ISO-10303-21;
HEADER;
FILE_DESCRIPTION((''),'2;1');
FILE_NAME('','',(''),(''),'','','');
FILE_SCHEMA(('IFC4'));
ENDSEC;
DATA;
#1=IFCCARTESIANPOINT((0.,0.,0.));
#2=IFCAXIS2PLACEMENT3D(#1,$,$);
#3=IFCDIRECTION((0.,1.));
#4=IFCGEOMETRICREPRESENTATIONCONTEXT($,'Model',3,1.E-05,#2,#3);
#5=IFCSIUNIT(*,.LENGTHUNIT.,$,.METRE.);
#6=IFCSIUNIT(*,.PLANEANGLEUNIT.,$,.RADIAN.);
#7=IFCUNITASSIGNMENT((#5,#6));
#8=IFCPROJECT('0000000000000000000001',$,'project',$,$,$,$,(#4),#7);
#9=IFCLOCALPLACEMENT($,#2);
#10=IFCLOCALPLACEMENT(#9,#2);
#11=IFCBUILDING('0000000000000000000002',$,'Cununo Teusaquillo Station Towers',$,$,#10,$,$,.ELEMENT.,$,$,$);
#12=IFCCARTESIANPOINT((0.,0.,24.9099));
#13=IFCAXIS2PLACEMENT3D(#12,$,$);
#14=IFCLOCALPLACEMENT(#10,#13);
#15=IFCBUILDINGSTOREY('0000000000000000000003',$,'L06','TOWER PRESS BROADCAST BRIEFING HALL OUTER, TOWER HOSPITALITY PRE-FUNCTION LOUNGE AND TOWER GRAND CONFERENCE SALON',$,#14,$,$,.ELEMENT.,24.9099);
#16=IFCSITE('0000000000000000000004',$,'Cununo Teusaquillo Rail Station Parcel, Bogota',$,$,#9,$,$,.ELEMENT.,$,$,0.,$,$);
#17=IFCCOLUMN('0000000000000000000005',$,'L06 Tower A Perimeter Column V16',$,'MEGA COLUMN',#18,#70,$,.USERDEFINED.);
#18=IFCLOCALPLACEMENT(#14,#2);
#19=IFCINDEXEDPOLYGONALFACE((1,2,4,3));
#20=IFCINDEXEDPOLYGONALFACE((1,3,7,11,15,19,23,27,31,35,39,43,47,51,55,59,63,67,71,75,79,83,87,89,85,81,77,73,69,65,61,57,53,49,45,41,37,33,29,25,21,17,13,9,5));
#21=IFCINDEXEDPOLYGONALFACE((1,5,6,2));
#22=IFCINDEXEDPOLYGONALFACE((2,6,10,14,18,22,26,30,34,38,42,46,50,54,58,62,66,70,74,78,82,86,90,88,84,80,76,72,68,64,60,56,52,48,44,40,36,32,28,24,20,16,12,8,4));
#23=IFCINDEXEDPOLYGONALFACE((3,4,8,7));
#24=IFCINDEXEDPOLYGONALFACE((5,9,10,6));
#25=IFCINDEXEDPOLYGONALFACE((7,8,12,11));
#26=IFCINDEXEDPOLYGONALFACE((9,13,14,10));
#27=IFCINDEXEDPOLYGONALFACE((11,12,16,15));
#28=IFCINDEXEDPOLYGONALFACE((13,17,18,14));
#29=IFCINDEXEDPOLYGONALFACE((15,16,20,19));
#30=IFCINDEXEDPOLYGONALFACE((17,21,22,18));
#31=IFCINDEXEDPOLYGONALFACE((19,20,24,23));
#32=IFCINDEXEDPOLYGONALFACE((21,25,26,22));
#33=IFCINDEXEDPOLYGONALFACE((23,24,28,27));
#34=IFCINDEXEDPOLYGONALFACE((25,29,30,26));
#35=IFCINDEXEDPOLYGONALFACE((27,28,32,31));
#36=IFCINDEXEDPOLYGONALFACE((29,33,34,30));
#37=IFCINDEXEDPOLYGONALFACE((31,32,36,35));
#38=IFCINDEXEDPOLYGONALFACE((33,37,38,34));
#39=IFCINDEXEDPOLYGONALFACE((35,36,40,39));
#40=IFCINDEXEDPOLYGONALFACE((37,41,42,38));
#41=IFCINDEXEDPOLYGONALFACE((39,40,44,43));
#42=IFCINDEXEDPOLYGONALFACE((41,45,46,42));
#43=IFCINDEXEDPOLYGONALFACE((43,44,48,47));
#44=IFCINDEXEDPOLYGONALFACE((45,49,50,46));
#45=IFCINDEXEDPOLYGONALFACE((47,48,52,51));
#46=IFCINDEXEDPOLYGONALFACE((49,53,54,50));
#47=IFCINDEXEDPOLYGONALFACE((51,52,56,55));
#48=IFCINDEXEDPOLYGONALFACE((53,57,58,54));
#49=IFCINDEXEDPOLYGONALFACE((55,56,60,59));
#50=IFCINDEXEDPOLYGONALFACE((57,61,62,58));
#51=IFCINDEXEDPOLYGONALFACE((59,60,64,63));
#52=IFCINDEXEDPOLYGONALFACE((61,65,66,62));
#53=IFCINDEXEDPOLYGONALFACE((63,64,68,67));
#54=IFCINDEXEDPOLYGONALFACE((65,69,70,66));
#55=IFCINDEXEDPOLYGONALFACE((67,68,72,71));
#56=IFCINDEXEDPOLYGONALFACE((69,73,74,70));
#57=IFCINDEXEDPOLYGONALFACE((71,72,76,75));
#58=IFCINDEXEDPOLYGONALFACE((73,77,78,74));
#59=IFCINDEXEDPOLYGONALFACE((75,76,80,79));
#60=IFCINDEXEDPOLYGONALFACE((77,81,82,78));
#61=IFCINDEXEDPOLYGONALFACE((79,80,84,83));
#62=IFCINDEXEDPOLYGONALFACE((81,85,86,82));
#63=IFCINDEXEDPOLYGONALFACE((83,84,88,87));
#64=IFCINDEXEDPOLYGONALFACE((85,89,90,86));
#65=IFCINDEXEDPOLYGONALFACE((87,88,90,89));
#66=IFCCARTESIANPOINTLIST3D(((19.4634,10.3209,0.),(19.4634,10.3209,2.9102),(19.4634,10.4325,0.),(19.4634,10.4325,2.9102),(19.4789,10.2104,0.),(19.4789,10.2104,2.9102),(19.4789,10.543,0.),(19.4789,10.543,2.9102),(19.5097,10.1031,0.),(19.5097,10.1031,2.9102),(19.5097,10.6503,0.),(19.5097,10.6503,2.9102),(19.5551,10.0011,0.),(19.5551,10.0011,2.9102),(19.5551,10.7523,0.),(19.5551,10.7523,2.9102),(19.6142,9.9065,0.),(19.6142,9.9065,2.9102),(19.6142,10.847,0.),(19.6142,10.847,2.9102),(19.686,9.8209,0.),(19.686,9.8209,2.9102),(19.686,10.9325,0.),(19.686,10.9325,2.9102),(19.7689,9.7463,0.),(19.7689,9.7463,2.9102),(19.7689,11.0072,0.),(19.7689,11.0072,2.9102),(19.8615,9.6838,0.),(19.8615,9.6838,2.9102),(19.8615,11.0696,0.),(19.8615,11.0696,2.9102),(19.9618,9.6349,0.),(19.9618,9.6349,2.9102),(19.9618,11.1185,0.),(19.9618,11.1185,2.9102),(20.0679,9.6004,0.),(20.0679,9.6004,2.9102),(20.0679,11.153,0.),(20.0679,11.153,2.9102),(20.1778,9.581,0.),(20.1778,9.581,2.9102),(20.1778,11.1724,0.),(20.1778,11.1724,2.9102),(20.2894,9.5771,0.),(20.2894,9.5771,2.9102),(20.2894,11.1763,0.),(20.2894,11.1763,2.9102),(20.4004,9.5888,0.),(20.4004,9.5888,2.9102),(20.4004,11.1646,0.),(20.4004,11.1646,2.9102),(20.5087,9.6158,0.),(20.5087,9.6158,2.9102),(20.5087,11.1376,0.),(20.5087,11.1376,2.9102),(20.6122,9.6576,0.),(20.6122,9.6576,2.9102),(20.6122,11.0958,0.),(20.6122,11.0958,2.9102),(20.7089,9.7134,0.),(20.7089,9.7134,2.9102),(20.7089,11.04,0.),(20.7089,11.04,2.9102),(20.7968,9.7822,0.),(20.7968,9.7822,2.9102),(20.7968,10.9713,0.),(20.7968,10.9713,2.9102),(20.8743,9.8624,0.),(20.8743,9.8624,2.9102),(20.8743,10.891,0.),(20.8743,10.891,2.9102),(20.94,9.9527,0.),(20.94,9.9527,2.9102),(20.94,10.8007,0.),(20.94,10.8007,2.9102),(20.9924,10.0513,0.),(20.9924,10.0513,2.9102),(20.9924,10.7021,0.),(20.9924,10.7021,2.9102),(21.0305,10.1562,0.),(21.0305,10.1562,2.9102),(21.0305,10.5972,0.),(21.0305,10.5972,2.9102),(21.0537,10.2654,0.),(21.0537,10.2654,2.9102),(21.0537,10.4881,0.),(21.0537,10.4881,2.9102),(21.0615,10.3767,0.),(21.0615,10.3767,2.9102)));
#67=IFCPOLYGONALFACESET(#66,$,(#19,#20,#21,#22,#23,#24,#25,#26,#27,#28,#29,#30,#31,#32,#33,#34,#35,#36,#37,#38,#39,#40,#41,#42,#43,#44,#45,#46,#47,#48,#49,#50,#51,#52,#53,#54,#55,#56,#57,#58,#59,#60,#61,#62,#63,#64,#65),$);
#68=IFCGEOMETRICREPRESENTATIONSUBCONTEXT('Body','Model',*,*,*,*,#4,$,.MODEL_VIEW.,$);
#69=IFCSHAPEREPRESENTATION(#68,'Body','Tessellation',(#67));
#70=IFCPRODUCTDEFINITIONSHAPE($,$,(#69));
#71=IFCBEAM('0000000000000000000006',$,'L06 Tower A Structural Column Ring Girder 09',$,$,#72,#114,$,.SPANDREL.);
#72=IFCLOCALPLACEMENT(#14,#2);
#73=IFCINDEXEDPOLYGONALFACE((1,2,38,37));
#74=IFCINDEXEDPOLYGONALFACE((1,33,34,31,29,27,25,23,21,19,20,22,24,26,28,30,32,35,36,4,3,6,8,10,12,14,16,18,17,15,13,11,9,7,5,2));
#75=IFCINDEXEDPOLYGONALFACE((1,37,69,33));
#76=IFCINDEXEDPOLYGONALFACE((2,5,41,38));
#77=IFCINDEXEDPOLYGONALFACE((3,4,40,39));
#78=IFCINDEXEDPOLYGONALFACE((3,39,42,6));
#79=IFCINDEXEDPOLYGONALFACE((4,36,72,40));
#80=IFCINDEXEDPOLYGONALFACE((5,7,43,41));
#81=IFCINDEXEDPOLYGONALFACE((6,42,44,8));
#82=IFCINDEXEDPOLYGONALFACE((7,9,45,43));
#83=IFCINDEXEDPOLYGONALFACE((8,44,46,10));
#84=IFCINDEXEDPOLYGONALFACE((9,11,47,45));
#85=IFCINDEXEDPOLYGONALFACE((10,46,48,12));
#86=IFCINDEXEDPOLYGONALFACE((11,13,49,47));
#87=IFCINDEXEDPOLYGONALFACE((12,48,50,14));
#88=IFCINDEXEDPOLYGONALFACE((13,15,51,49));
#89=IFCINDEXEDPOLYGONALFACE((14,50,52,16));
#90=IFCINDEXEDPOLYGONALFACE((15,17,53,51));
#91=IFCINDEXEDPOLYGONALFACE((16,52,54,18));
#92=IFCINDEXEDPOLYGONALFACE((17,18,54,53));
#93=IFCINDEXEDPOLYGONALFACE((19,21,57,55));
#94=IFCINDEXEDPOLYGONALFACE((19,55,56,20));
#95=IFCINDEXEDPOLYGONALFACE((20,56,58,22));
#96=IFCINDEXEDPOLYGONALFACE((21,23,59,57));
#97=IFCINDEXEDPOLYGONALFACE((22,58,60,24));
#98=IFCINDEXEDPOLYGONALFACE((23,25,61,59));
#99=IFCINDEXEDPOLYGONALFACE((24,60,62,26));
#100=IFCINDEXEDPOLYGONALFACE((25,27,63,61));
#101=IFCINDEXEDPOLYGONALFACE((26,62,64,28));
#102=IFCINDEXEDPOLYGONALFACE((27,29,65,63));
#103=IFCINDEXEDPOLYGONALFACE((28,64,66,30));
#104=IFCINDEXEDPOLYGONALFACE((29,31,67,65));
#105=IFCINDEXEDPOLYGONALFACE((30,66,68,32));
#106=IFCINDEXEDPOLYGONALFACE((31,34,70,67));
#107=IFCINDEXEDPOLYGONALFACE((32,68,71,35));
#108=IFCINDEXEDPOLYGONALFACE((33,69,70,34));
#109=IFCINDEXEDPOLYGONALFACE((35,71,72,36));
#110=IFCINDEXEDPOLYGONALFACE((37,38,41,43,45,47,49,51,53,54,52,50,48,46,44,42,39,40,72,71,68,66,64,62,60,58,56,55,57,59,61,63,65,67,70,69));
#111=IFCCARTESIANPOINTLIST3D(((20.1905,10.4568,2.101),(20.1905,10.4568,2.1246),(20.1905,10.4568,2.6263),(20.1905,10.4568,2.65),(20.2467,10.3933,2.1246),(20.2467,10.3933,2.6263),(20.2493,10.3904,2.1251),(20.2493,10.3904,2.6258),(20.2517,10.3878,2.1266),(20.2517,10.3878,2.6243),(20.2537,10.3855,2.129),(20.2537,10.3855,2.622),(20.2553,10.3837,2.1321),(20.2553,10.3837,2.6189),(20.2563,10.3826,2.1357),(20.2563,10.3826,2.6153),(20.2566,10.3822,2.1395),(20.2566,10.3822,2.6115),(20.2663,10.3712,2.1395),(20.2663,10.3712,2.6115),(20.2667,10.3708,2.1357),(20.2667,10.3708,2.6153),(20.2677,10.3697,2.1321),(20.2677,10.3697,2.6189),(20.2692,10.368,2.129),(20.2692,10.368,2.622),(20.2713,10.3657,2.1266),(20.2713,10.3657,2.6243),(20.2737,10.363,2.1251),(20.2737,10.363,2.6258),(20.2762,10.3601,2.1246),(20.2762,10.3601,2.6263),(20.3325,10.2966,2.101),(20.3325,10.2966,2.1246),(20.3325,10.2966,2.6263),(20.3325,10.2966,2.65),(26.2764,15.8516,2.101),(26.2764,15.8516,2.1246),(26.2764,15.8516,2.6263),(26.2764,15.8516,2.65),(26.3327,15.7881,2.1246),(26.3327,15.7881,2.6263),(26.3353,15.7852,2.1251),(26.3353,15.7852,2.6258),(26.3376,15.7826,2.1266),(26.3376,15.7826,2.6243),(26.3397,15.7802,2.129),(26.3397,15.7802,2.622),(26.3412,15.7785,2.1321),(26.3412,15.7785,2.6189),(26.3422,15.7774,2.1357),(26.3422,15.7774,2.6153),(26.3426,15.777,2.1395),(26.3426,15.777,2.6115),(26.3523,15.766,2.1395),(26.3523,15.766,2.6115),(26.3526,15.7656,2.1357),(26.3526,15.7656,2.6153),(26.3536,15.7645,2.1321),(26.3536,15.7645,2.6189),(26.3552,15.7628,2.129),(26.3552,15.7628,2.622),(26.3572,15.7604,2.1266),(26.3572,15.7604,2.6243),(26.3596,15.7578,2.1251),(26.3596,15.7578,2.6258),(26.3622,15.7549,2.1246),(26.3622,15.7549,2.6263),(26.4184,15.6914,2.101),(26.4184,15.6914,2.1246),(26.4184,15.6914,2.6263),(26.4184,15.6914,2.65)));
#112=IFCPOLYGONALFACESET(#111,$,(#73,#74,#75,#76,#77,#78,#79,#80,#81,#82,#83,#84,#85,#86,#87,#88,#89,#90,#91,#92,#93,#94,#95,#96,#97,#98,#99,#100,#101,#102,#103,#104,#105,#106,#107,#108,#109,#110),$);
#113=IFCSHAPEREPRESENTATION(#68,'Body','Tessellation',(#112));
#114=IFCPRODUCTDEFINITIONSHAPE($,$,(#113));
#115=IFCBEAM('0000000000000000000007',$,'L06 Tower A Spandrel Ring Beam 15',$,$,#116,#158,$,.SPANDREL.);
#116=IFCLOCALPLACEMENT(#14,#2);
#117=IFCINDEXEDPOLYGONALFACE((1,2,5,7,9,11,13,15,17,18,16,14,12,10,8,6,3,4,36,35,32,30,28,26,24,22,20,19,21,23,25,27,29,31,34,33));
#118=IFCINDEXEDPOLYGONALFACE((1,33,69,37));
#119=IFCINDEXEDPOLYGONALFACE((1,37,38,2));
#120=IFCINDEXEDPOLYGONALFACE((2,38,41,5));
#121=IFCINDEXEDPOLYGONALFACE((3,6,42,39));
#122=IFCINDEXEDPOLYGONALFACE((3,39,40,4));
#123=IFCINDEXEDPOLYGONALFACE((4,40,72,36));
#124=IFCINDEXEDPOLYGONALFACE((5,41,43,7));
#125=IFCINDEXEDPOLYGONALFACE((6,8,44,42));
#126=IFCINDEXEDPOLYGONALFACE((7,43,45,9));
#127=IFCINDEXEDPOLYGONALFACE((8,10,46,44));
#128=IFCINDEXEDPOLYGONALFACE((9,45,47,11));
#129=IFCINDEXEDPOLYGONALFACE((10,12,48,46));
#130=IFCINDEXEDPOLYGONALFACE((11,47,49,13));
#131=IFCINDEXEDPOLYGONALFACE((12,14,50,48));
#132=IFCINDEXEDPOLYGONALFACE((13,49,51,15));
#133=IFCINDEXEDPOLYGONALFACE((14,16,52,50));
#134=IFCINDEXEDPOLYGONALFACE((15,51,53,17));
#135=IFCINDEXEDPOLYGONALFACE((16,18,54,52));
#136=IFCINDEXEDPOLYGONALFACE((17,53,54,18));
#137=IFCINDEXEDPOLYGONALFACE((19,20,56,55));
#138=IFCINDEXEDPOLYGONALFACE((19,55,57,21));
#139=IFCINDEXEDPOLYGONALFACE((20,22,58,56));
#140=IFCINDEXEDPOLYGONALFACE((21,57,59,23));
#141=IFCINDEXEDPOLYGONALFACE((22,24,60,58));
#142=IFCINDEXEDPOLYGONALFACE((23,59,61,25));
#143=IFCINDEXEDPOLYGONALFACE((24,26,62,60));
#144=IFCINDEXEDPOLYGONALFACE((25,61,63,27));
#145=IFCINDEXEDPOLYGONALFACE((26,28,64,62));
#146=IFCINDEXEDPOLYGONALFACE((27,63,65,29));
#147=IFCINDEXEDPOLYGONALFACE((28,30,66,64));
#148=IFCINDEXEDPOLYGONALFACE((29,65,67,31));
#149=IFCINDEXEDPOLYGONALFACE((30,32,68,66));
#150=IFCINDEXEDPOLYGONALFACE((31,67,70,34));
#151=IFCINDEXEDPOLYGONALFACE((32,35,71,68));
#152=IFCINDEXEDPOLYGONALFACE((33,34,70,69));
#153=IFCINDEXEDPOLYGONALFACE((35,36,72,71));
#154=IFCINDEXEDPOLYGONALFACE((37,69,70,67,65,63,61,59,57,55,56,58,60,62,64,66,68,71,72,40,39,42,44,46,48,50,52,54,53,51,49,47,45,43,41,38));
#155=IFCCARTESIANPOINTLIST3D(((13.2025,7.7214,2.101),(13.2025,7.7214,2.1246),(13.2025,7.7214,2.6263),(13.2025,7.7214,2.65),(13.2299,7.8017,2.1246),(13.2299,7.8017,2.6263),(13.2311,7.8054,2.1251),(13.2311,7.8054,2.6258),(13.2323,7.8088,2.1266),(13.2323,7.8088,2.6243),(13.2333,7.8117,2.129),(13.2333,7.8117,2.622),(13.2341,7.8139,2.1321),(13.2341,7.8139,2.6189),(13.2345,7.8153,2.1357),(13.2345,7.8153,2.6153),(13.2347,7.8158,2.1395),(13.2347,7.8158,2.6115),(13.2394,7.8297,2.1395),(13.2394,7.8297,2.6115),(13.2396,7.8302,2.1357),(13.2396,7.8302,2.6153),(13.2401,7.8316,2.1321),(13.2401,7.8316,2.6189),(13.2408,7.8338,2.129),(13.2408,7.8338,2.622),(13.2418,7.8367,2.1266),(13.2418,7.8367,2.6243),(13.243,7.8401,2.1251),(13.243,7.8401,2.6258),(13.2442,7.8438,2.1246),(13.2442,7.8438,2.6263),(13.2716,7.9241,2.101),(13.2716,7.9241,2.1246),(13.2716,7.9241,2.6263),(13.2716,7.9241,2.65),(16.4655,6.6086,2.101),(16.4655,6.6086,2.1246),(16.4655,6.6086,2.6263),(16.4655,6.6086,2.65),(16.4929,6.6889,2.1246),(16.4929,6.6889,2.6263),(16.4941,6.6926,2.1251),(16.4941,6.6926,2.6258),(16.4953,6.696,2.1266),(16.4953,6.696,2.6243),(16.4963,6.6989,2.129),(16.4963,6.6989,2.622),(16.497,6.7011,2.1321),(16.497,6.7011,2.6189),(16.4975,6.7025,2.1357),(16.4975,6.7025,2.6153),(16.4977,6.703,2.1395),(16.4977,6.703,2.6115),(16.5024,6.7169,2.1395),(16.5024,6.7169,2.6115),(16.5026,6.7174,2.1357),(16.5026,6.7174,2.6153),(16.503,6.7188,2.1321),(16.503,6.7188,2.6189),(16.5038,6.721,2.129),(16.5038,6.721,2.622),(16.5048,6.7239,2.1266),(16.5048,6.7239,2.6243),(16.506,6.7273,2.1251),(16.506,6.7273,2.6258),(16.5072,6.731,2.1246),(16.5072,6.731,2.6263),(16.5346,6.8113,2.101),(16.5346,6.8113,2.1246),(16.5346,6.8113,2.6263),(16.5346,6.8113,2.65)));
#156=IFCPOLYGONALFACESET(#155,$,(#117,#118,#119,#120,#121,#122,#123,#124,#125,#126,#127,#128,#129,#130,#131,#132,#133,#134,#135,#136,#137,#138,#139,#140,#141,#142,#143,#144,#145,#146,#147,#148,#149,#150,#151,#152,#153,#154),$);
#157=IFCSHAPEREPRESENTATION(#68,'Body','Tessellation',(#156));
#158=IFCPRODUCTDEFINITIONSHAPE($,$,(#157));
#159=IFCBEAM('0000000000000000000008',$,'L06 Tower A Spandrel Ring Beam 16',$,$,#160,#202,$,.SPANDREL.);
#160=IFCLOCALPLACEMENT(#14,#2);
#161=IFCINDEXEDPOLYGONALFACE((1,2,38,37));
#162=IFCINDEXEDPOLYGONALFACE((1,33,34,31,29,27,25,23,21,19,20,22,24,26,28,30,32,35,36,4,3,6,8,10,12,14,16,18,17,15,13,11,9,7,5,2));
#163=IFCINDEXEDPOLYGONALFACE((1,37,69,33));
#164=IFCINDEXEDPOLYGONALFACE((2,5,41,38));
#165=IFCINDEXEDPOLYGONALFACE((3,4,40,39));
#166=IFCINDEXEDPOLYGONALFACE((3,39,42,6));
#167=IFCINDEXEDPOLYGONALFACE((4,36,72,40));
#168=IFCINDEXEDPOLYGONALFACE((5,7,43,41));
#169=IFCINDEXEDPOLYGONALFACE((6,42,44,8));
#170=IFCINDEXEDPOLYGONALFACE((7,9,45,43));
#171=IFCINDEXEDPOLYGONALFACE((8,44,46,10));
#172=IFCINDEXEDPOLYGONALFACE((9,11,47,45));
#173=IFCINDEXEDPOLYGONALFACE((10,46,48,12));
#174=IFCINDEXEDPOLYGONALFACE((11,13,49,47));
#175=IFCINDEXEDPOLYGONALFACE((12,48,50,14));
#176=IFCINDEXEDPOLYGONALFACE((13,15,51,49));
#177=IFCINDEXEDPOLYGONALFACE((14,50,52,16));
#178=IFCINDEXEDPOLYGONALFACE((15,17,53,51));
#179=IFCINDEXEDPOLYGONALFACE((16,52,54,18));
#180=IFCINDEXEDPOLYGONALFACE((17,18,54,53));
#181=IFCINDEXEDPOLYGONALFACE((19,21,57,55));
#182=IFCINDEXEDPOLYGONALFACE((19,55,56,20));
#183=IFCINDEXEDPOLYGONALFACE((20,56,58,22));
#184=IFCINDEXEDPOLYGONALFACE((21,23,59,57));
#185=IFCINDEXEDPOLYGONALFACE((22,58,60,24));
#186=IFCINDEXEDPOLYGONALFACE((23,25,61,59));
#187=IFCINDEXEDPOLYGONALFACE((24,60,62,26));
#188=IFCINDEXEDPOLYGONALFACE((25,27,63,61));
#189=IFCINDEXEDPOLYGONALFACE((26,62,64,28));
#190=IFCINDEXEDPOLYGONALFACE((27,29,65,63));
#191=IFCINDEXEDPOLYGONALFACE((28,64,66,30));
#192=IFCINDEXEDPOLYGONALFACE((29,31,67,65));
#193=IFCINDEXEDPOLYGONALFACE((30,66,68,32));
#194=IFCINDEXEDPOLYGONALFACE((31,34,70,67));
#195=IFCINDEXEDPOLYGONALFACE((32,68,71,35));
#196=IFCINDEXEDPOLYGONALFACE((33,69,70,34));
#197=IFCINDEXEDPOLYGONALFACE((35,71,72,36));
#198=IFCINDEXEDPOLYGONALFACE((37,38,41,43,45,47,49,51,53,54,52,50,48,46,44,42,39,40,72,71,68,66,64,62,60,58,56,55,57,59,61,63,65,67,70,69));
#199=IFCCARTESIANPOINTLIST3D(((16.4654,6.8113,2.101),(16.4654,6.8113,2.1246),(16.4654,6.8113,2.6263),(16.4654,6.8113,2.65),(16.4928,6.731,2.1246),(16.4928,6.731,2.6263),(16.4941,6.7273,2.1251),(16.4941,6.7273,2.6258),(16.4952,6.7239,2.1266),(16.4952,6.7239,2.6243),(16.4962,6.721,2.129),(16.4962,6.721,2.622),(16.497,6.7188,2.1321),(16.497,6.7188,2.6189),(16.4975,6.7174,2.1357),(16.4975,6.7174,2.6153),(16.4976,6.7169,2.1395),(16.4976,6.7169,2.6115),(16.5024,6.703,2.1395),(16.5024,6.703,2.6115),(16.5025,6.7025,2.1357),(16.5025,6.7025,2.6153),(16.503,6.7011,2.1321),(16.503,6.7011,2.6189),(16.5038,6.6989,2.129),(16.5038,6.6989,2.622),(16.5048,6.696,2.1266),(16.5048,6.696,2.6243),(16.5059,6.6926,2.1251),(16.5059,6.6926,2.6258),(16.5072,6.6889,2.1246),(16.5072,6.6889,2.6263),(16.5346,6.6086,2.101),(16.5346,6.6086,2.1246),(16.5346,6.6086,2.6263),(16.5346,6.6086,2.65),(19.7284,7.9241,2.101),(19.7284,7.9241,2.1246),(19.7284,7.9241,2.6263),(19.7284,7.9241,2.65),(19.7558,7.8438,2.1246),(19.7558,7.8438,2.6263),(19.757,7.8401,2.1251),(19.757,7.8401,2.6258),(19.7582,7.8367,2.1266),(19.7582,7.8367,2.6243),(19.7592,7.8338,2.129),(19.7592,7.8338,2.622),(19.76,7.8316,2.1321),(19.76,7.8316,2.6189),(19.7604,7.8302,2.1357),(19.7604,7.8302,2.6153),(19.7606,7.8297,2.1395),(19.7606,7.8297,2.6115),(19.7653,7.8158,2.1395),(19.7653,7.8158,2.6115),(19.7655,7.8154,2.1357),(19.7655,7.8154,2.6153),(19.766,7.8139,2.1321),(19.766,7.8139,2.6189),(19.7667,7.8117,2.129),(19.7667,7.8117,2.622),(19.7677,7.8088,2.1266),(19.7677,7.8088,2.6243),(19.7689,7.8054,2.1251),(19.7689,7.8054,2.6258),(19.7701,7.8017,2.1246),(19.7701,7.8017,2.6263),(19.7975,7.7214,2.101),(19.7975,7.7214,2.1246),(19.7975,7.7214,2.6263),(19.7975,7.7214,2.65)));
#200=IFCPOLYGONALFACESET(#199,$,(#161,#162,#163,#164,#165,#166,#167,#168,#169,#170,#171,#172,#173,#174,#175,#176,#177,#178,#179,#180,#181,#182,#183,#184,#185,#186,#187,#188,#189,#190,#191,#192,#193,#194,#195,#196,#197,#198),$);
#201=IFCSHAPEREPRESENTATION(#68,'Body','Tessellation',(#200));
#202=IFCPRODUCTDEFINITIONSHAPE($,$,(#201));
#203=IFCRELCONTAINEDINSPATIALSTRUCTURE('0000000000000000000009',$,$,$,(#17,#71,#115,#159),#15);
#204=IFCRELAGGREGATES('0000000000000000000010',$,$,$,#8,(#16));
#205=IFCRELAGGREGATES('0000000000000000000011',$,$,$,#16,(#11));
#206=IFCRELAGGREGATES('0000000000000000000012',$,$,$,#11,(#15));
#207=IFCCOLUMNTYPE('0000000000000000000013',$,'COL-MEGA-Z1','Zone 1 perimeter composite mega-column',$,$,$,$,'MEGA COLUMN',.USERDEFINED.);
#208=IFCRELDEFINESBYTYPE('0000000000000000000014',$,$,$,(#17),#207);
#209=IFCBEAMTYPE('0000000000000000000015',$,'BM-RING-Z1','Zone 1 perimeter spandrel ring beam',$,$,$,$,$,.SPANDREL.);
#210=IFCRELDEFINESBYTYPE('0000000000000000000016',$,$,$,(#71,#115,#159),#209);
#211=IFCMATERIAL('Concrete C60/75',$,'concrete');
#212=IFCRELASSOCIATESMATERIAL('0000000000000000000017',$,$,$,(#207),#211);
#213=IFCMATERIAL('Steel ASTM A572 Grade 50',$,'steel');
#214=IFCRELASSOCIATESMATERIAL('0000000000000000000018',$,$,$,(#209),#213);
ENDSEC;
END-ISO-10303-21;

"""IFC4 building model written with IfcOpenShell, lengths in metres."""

from ifc_helpers import new_model, si_unit, direction, frame, origin, origin_2d, place, context, subcontext, project, spatial, circle, i_section, extrude, material, material_profile, profile_set, type_object, element, save


model = new_model("IFC4")

# Units and contexts
model_context = context("Model", 3, precision=1e-05, world=origin(), true_north=direction((0.0, 1.0)))
body_context = subcontext(model_context, "Body", "Model", "MODEL_VIEW")
ifc_project = project(units=[si_unit("LENGTHUNIT", "METRE"), si_unit("PLANEANGLEUNIT", "RADIAN")], contexts=[model_context])

# Site, building, storey
site_placement = place(None, origin())
site = spatial("IfcSite", under=ifc_project, at=site_placement, Name="Cununo Teusaquillo Rail Station Parcel, Bogota", CompositionType="ELEMENT", RefElevation=0.0)
building_placement = place(site_placement, origin())
building = spatial("IfcBuilding", under=site, at=building_placement, Name="Cununo Teusaquillo Station Towers", CompositionType="ELEMENT")
storey_placement = place(building_placement, frame((0.0, 0.0, 24.9099)))
storey = spatial("IfcBuildingStorey", under=building, at=storey_placement, Name="L06", Description="TOWER PRESS BROADCAST BRIEFING HALL OUTER, TOWER HOSPITALITY PRE-FUNCTION LOUNGE AND TOWER GRAND CONFERENCE SALON", CompositionType="ELEMENT", Elevation=24.9099)

# Column
ifc_material_1 = material(Name="Concrete C60/75", Category="concrete")
ifc_material_profile_1 = material_profile(ifc_material_1, circle(Radius=0.8, at=origin_2d()), Name="RC-CIRC-1600")
ifc_profile_set_1 = profile_set([ifc_material_profile_1], Name="Concrete C60/75")
column_type = type_object("IfcColumnType", Name="COL-MEGA-Z1", Description="Zone 1 perimeter composite mega-column", ElementType="MEGA COLUMN", PredefinedType="USERDEFINED", material=ifc_profile_set_1)
column_placement = place(storey_placement, frame((20.2615, 10.3767, 0.0), z_axis=(0.0, 0.0, 1.0), x_axis=(1.0, 0.0, 0.0)))
element("IfcColumn", 1, at=column_placement, inside=storey, type_object=column_type, Name="L06 Tower A Perimeter Column V16", ObjectType="MEGA COLUMN", PredefinedType="USERDEFINED", context=body_context, shape_type="SweptSolid", body=[
    extrude(circle(Radius=0.8, at=origin_2d()), origin(), (0.0, 0.0, 1.0), 2.9102),
])

# Beams
ifc_material_2 = material(Name="Steel ASTM A572 Grade 50", Category="steel")
ifc_material_profile_2 = material_profile(ifc_material_2, i_section(OverallWidth=0.2141, OverallDepth=0.5491, WebThickness=0.0146, FlangeThickness=0.0237, FilletRadius=0.0149, at=origin_2d()), Name="W21X93")
ifc_profile_set_2 = profile_set([ifc_material_profile_2], Name="Steel ASTM A572 Grade 50")
beam_type = type_object("IfcBeamType", Name="BM-RING-Z1", Description="Zone 1 perimeter spandrel ring beam", PredefinedType="SPANDREL", material=ifc_profile_set_2)
beam_1_placement = place(storey_placement, frame((20.2615, 10.3767, 2.3755), z_axis=(0.748321, 0.663337, 0.0), x_axis=(-0.663337, 0.748321, 0.0)))
element("IfcBeam", 2, at=beam_1_placement, inside=storey, type_object=beam_type, Name="L06 Tower A Structural Column Ring Girder 09", PredefinedType="SPANDREL", context=body_context, shape_type="SweptSolid", body=[
    extrude(i_section(OverallWidth=0.2141, OverallDepth=0.5491, WebThickness=0.0146, FlangeThickness=0.0237, FilletRadius=0.0149, at=origin_2d()), origin(), (0.0, 0.0, 1.0), 8.1328),
])
for number, where, z_axis, x_axis, name in (
    (3, (13.2371, 7.8228, 2.3755), (0.946472, -0.322785, 0.0), (0.322785, 0.946472, 0.0), "L06 Tower A Spandrel Ring Beam 15"),
    (4, (16.5, 6.71, 2.3755), (0.946472, 0.322785, 0.0), (-0.322785, 0.946472, 0.0), "L06 Tower A Spandrel Ring Beam 16"),
):
    element("IfcBeam", number, at=place(storey_placement, frame(where, z_axis=z_axis, x_axis=x_axis)), inside=storey, type_object=beam_type, Name=name, PredefinedType="SPANDREL", context=body_context, shape_type="SweptSolid", body=[
        extrude(i_section(OverallWidth=0.2141, OverallDepth=0.5491, WebThickness=0.0146, FlangeThickness=0.0237, FilletRadius=0.0149, at=origin_2d()), origin(), (0.0, 0.0, 1.0), 3.4475),
    ])

save(model, "model.ifc")
